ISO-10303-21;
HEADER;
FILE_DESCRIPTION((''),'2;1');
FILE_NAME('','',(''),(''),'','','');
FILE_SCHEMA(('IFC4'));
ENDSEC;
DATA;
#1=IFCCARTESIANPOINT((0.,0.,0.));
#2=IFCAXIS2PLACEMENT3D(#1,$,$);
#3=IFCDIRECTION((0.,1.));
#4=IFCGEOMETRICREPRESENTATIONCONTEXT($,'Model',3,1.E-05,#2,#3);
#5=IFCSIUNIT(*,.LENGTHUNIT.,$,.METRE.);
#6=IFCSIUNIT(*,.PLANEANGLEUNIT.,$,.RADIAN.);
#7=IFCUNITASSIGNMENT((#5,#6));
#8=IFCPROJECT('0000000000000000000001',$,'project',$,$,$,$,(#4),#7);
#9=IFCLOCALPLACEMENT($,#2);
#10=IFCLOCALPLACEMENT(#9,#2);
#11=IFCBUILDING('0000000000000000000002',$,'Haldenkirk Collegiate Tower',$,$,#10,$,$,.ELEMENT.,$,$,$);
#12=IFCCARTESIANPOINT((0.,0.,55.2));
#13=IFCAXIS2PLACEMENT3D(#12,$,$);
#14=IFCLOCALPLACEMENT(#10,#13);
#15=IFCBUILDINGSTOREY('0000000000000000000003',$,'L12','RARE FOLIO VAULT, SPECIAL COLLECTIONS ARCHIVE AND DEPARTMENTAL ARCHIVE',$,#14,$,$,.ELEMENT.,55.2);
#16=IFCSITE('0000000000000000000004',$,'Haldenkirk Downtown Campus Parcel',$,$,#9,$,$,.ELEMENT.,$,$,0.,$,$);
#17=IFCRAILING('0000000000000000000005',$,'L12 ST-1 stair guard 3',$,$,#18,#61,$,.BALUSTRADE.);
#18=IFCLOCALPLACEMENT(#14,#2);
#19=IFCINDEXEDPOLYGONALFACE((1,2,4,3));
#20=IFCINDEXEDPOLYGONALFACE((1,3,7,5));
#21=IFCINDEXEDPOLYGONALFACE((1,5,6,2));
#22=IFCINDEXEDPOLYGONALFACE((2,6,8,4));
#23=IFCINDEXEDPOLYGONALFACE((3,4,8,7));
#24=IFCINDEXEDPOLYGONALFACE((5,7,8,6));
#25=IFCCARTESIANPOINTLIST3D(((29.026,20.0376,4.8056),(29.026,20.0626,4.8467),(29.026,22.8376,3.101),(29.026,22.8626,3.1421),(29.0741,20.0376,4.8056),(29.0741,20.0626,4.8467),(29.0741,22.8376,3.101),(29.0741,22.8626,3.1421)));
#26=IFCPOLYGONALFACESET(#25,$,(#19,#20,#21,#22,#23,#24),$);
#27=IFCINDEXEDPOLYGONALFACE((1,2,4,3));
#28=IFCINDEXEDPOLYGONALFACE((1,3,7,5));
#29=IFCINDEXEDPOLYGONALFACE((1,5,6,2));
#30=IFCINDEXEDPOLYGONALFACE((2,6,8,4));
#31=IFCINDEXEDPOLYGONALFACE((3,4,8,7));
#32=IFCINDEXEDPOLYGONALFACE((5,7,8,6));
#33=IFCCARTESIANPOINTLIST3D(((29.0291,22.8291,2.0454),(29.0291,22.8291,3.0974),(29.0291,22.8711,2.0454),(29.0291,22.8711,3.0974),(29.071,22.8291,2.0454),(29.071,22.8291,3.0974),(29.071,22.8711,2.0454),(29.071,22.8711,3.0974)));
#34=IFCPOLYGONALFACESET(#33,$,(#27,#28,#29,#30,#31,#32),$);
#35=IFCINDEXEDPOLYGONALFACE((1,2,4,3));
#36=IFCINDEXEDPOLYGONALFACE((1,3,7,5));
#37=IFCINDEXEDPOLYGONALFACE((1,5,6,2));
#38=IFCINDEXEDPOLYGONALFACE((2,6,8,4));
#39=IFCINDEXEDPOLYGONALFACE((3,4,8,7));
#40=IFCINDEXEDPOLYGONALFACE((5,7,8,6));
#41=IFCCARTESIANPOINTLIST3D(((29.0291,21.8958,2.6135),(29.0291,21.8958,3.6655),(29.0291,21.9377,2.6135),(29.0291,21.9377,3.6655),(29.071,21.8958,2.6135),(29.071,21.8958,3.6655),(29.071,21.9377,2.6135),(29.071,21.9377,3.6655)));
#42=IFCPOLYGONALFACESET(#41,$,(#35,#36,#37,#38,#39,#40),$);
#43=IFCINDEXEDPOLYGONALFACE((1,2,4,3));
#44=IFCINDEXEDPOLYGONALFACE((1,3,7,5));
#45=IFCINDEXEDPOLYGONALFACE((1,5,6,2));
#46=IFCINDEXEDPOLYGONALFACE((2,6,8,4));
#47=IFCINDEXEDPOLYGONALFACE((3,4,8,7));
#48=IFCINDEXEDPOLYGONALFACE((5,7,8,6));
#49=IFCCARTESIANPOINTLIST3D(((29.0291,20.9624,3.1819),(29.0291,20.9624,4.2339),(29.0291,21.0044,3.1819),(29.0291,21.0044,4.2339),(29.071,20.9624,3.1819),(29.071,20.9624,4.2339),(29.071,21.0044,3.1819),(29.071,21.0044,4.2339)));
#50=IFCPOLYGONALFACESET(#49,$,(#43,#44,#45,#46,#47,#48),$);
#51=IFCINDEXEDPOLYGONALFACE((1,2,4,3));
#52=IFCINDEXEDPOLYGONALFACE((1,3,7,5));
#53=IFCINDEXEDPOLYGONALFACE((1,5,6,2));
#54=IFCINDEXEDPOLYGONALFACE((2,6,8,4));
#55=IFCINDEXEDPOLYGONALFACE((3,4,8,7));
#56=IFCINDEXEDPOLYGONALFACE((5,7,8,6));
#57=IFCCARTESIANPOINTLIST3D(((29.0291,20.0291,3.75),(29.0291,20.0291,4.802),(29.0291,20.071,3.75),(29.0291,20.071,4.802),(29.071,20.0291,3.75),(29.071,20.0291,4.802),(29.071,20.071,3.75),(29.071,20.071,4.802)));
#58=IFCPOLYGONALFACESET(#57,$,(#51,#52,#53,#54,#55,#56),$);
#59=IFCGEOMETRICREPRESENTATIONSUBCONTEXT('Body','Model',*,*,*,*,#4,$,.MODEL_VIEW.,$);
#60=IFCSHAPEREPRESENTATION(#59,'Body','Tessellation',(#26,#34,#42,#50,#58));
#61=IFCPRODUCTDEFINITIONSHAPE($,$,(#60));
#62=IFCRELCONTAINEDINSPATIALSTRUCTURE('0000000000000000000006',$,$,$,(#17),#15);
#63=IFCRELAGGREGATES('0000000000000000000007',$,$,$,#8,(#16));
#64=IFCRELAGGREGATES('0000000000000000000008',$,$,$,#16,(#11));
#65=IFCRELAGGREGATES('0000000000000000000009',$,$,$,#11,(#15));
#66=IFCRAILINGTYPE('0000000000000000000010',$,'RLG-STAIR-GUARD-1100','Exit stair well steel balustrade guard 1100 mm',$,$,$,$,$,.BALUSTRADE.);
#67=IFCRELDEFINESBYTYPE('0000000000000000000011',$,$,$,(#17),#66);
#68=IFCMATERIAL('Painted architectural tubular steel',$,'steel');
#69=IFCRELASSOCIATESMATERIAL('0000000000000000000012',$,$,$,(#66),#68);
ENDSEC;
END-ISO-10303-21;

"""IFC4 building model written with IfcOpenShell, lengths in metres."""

from ifc_helpers import new_model, si_unit, direction, frame, origin, origin_2d, place, context, subcontext, project, spatial, rectangle, extrude, material, type_object, element, save


model = new_model("IFC4")

# Units and contexts
model_context = context("Model", 3, precision=1e-05, world=origin(), true_north=direction((0.0, 1.0)))
body_context = subcontext(model_context, "Body", "Model", "MODEL_VIEW")
ifc_project = project(units=[si_unit("LENGTHUNIT", "METRE"), si_unit("PLANEANGLEUNIT", "RADIAN")], contexts=[model_context])

# Site, building, storey
site_placement = place(None, origin())
site = spatial("IfcSite", under=ifc_project, at=site_placement, Name="Haldenkirk Downtown Campus Parcel", CompositionType="ELEMENT", RefElevation=0.0)
building_placement = place(site_placement, origin())
building = spatial("IfcBuilding", under=site, at=building_placement, Name="Haldenkirk Collegiate Tower", CompositionType="ELEMENT")
storey_placement = place(building_placement, frame((0.0, 0.0, 55.2)))
storey = spatial("IfcBuildingStorey", under=building, at=storey_placement, Name="L12", Description="RARE FOLIO VAULT, SPECIAL COLLECTIONS ARCHIVE AND DEPARTMENTAL ARCHIVE", CompositionType="ELEMENT", Elevation=55.2)

# Railing
ifc_material_1 = material(Name="Painted architectural tubular steel", Category="steel")
railing_type = type_object("IfcRailingType", Name="RLG-STAIR-GUARD-1100", Description="Exit stair well steel balustrade guard 1100 mm", PredefinedType="BALUSTRADE", material=ifc_material_1)
railing_1_placement = place(storey_placement, frame((29.05, 22.8501, 2.0454)))
element("IfcRailing", 1, at=railing_1_placement, inside=storey, type_object=railing_type, Name="L12 ST-1 stair guard 3", PredefinedType="BALUSTRADE", context=body_context, shape_type="SweptSolid", body=[
    extrude(rectangle(XDim=0.0481, YDim=0.0481, at=origin_2d()), frame((0.0, 0.0, 1.0762), z_axis=(0.0, -0.85417, 0.519994), x_axis=(1.0, 0.0, 0.0)), (0.0, 0.0, 1.0), 3.2781),
    extrude(rectangle(XDim=0.042, YDim=0.042, at=origin_2d()), origin(), (0.0, 0.0, 1.0), 1.052),
    extrude(rectangle(XDim=0.042, YDim=0.042, at=origin_2d()), frame((0.0, -0.9333, 0.5681)), (0.0, 0.0, 1.0), 1.052),
    extrude(rectangle(XDim=0.042, YDim=0.042, at=origin_2d()), frame((0.0, -1.8667, 1.1365)), (0.0, 0.0, 1.0), 1.052),
    extrude(rectangle(XDim=0.042, YDim=0.042, at=origin_2d()), frame((0.0, -2.8, 1.7046)), (0.0, 0.0, 1.0), 1.052),
])

save(model, "model.ifc")
